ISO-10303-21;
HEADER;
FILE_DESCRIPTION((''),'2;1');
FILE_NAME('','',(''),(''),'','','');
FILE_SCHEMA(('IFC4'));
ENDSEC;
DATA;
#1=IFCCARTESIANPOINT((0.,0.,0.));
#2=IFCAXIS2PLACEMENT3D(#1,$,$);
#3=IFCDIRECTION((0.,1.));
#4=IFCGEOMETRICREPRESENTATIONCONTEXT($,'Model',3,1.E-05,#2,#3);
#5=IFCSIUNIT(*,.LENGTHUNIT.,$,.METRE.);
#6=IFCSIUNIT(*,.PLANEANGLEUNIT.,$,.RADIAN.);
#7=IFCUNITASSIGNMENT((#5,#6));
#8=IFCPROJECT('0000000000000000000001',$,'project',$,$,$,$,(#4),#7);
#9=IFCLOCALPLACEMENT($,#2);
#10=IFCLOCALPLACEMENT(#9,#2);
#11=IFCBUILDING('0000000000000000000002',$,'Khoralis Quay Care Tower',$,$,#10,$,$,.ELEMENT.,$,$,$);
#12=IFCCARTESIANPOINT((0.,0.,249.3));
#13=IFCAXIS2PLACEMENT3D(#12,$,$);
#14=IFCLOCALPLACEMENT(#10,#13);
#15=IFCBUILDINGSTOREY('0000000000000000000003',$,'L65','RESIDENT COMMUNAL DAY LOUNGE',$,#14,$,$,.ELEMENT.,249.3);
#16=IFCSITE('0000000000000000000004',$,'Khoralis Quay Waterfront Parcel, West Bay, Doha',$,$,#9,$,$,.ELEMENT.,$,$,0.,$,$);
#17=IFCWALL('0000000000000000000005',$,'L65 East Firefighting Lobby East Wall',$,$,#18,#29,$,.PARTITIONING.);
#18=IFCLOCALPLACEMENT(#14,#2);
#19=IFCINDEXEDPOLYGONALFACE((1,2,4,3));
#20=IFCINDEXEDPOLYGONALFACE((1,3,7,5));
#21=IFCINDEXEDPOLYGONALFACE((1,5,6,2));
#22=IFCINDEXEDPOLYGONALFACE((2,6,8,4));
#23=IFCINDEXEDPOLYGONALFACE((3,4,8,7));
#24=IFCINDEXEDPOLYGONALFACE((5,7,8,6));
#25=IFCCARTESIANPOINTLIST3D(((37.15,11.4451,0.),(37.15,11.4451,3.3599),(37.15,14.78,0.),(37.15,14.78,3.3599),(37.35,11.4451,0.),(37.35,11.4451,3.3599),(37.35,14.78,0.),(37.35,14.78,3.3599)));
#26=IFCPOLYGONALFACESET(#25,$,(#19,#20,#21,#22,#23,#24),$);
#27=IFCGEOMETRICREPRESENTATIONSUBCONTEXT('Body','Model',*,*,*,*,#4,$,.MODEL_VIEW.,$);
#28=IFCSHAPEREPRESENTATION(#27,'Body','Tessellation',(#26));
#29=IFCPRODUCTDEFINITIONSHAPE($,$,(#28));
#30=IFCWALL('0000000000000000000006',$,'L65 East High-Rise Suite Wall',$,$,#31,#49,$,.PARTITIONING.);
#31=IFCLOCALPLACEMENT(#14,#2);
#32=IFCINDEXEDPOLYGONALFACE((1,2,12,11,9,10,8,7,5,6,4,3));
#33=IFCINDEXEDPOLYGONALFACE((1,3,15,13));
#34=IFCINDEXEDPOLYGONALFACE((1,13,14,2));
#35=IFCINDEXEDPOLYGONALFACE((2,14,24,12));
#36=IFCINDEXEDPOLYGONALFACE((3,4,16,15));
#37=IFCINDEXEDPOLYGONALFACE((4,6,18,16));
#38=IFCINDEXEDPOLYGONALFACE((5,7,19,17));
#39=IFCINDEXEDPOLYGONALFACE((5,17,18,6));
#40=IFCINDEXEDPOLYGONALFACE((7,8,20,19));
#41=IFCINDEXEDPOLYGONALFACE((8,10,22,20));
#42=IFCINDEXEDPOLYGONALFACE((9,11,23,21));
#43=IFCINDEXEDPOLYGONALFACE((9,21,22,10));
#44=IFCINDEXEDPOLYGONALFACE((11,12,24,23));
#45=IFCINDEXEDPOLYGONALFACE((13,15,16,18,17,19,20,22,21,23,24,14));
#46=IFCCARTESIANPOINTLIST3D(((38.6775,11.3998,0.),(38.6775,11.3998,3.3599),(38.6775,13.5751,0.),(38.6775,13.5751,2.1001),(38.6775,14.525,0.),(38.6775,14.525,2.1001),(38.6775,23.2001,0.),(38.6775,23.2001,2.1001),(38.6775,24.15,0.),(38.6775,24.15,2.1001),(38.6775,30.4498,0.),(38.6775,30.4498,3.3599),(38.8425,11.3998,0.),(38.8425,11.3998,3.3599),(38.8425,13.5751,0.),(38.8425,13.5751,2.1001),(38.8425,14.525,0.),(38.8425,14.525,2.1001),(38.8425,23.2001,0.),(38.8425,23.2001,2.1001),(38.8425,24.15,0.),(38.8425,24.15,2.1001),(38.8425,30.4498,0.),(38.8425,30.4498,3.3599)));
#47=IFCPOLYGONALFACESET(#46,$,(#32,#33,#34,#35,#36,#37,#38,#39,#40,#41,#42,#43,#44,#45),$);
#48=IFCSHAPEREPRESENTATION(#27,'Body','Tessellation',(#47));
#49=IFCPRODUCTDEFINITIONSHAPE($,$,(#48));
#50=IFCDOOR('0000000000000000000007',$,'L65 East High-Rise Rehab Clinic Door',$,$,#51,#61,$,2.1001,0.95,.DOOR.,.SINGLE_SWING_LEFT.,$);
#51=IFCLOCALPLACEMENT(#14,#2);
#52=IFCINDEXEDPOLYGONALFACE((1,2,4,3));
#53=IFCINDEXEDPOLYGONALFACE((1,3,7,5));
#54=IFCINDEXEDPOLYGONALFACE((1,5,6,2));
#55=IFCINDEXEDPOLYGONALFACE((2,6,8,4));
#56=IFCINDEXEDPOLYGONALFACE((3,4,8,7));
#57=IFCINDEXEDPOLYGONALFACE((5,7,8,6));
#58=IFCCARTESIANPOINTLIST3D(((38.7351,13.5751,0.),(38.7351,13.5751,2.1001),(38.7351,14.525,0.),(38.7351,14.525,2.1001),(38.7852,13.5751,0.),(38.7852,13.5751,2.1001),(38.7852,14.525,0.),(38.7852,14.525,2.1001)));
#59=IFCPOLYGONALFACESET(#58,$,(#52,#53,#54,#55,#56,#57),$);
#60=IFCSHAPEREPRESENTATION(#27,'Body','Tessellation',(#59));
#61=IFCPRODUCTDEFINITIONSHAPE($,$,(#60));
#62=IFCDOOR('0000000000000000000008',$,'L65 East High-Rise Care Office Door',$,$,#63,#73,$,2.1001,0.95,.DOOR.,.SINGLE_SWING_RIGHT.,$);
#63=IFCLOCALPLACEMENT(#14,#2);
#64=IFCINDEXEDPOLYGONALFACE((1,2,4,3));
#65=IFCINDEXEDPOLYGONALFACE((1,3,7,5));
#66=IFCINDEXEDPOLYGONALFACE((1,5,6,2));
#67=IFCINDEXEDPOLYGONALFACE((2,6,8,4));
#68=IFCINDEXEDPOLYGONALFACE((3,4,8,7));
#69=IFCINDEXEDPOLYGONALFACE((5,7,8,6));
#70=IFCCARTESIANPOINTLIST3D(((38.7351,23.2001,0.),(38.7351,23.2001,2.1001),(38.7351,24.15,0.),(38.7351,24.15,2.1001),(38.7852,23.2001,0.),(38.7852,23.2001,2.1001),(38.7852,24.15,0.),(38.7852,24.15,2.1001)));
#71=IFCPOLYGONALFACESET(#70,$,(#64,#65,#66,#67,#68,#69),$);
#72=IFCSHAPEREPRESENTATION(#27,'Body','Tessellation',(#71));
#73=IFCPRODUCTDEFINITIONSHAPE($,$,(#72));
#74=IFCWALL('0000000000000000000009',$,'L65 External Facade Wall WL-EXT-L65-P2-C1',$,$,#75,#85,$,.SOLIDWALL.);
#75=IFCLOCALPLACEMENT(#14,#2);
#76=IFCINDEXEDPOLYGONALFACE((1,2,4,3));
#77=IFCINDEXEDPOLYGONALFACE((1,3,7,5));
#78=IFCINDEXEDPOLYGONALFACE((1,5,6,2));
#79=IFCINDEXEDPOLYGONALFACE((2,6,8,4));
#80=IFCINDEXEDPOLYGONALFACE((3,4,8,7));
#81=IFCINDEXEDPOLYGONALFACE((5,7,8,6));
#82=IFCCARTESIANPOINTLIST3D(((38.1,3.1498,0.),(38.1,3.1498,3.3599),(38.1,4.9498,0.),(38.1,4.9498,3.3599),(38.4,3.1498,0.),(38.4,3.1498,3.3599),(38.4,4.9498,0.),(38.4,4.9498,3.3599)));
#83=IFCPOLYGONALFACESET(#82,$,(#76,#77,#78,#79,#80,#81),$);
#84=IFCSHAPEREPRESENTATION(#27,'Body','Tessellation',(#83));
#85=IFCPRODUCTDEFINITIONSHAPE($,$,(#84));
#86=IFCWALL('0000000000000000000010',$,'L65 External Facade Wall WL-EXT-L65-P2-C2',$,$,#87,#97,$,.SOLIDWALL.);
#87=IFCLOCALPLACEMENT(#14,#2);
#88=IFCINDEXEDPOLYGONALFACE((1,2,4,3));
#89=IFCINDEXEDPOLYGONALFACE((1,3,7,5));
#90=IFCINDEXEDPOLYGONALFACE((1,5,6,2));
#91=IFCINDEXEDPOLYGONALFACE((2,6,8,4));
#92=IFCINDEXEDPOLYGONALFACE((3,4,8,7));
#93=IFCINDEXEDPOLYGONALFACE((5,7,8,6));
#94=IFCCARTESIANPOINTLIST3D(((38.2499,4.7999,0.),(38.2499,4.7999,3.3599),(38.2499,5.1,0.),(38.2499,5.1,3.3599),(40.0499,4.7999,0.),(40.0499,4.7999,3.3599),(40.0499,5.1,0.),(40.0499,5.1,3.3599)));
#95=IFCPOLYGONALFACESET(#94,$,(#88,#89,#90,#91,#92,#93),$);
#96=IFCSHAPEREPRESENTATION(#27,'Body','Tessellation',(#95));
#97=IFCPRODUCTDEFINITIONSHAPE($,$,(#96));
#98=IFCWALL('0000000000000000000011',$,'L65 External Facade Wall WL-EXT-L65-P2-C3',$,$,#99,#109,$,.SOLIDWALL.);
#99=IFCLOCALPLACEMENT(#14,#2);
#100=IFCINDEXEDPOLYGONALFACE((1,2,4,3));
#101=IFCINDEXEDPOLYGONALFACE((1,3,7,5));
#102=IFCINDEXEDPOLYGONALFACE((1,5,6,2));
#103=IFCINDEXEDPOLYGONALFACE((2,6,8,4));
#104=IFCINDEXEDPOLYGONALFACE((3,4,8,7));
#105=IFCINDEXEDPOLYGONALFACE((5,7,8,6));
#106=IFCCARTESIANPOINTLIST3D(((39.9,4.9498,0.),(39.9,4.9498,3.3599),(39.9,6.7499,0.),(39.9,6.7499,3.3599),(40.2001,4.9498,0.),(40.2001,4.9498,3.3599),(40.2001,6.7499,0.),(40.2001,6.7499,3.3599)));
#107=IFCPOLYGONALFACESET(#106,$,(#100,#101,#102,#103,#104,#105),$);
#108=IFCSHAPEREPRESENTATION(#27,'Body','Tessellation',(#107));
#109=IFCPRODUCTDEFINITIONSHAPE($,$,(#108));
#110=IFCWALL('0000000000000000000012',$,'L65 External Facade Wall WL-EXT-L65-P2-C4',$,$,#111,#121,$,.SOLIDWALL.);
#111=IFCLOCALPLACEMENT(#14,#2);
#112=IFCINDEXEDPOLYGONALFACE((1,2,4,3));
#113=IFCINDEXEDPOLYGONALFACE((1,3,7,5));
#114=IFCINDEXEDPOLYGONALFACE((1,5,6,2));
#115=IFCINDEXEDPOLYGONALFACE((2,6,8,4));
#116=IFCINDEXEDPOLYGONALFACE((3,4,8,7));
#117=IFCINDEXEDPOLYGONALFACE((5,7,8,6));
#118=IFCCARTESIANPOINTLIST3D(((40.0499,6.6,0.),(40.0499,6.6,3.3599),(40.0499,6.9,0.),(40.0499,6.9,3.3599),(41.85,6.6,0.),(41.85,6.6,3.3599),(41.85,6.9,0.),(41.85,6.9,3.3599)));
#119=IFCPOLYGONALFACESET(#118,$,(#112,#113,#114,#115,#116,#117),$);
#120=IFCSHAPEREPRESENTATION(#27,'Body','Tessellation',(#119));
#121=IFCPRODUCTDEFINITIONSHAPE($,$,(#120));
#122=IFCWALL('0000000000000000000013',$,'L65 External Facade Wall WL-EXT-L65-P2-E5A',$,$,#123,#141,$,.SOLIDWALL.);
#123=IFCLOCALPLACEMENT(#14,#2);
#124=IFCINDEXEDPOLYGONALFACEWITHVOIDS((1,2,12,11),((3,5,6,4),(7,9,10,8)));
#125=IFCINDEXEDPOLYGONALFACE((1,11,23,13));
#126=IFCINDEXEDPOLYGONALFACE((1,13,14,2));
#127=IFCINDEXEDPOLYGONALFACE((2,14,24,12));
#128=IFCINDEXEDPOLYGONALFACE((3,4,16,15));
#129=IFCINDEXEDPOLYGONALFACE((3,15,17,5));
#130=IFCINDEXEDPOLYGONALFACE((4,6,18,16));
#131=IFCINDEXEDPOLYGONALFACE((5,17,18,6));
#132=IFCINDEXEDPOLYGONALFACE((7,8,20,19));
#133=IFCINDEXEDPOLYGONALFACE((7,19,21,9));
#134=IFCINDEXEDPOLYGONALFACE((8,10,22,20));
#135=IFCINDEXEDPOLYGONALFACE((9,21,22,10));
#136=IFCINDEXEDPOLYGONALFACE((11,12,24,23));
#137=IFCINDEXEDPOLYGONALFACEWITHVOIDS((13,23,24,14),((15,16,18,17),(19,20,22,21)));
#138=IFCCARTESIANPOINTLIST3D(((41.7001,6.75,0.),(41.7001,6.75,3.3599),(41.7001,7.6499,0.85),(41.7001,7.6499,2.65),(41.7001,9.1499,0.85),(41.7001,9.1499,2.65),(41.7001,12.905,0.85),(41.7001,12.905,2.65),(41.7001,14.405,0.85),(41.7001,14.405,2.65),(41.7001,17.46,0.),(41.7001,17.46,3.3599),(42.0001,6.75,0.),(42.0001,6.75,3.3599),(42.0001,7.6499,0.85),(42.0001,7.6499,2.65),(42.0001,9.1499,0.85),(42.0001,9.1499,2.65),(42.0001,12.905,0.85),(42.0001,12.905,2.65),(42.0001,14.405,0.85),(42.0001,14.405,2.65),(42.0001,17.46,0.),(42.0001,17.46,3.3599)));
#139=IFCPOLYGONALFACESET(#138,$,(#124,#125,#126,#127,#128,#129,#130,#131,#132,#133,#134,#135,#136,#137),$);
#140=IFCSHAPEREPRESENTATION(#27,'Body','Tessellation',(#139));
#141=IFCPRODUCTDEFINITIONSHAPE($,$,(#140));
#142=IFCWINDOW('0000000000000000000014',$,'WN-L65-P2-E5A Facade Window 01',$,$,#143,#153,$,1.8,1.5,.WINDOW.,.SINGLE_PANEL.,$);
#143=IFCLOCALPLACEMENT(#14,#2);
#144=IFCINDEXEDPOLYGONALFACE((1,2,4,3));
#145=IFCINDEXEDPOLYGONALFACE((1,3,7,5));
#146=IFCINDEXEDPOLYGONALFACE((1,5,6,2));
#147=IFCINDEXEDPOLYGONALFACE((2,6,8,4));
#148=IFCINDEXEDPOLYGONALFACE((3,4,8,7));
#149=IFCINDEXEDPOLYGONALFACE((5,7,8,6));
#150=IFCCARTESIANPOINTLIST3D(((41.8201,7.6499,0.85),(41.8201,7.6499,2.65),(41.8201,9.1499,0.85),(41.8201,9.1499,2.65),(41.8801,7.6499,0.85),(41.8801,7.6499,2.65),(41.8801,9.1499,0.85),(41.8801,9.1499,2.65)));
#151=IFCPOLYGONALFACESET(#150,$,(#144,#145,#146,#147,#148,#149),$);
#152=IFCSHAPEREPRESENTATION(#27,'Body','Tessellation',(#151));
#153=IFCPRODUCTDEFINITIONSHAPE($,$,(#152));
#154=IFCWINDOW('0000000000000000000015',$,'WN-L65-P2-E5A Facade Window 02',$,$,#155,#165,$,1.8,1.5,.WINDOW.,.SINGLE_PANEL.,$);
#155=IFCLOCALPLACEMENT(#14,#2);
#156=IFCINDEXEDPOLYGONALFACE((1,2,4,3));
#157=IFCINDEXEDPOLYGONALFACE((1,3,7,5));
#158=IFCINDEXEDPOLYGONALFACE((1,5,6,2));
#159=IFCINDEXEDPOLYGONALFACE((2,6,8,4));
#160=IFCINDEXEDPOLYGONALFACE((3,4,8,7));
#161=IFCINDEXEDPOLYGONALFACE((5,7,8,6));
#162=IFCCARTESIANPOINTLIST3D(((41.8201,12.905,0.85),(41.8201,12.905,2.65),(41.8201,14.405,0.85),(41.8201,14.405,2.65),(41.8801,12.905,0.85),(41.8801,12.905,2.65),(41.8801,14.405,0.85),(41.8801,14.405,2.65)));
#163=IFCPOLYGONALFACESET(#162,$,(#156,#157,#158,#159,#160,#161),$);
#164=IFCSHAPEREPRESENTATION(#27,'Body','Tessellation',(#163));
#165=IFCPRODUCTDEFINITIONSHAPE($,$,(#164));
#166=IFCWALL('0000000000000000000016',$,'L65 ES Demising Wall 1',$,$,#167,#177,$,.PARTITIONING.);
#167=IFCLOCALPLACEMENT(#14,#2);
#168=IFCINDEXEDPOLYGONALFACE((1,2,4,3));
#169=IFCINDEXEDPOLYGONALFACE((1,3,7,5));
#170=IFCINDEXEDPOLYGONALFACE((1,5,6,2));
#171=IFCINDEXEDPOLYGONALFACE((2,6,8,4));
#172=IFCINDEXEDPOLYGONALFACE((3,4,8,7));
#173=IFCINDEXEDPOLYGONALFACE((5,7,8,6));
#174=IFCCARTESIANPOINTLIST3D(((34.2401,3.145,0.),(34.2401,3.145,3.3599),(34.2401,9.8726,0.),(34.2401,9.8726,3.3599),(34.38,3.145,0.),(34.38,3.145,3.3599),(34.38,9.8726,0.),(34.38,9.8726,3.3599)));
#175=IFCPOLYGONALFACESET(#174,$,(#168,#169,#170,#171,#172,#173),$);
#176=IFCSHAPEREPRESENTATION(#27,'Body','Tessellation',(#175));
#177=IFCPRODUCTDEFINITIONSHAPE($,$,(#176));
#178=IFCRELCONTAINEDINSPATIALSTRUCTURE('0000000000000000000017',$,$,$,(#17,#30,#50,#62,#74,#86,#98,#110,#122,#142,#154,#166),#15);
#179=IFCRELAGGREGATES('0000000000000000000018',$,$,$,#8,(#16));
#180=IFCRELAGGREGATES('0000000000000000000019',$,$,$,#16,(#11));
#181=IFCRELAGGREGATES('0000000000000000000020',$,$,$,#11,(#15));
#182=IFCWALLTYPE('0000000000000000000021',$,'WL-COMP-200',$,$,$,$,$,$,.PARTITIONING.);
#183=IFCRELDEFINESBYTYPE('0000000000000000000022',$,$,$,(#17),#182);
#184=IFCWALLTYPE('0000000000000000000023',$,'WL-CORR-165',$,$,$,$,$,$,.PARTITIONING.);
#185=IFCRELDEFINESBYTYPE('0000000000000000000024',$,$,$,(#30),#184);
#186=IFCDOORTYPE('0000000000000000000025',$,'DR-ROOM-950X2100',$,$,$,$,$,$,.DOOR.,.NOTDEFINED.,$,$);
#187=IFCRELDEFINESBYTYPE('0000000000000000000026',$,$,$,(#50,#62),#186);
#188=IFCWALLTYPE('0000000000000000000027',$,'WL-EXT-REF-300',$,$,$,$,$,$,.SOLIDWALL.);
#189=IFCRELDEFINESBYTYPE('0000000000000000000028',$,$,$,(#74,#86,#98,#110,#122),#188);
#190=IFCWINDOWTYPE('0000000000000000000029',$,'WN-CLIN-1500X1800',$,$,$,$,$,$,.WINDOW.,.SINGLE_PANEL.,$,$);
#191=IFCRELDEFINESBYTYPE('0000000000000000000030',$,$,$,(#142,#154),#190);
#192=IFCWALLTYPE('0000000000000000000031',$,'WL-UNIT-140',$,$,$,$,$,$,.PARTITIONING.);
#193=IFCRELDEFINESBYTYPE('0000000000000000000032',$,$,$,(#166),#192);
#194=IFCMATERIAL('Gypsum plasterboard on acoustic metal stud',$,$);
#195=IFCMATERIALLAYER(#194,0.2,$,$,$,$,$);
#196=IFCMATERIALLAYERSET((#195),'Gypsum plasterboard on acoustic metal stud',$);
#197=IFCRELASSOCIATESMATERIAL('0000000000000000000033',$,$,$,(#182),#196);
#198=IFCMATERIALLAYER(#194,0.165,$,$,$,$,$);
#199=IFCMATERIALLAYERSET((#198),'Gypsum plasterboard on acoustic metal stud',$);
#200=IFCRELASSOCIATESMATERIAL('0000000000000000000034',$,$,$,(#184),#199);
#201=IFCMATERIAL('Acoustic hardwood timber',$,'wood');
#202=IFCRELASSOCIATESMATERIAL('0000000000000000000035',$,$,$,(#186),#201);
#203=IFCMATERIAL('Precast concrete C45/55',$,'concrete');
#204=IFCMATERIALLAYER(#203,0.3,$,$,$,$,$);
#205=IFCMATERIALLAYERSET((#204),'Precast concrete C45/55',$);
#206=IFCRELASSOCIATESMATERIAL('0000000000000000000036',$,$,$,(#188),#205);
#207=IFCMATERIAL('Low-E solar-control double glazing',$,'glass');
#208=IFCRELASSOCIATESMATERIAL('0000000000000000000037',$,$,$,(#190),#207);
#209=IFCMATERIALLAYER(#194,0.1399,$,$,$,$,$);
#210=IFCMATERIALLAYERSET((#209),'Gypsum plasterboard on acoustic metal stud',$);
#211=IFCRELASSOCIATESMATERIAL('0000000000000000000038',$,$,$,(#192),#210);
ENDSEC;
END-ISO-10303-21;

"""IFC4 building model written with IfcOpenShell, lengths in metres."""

from ifc_helpers import new_model, si_unit, direction, frame, frame_2d, origin, place, context, subcontext, project, spatial, rectangle, extrude, source, transform, mapped, material, layer, layer_set, type_object, element, fill, save


model = new_model("IFC4")

# Units and contexts
model_context = context("Model", 3, precision=1e-05, world=origin(), true_north=direction((0.0, 1.0)))
body_context = subcontext(model_context, "Body", "Model", "MODEL_VIEW")
ifc_project = project(units=[si_unit("LENGTHUNIT", "METRE"), si_unit("PLANEANGLEUNIT", "RADIAN")], contexts=[model_context])

# Site, building, storey
site_placement = place(None, origin())
site = spatial("IfcSite", under=ifc_project, at=site_placement, Name="Khoralis Quay Waterfront Parcel, West Bay, Doha", CompositionType="ELEMENT", RefElevation=0.0)
building_placement = place(site_placement, origin())
building = spatial("IfcBuilding", under=site, at=building_placement, Name="Khoralis Quay Care Tower", CompositionType="ELEMENT")
storey_placement = place(building_placement, frame((0.0, 0.0, 249.3)))
storey = spatial("IfcBuildingStorey", under=building, at=storey_placement, Name="L65", Description="RESIDENT COMMUNAL DAY LOUNGE", CompositionType="ELEMENT", Elevation=249.3)

# Shared definitions
ifc_material_1 = material(Name="Gypsum plasterboard on acoustic metal stud")
ifc_layer_1 = layer(ifc_material_1, 0.2)
ifc_layer_set_1 = layer_set([ifc_layer_1], Name="Gypsum plasterboard on acoustic metal stud")
wall_type_1 = type_object("IfcWallType", Name="WL-COMP-200", PredefinedType="PARTITIONING", material=ifc_layer_set_1)

# Wall
wall_1_placement = place(storey_placement, frame((37.25, 11.4451, 0.0), z_axis=(0.0, 0.0, 1.0), x_axis=(0.0, 1.0, 0.0)))
element("IfcWall", 1, at=wall_1_placement, inside=storey, type_object=wall_type_1, Name="L65 East Firefighting Lobby East Wall", PredefinedType="PARTITIONING", context=body_context, shape_type="SweptSolid", body=[
    extrude(rectangle(XDim=3.335, YDim=0.2, at=frame_2d((1.6675, 0.0))), origin(), (0.0, 0.0, 1.0), 3.3599),
])

# Wall, openings, doors
ifc_layer_2 = layer(ifc_material_1, 0.165)
ifc_layer_set_2 = layer_set([ifc_layer_2], Name="Gypsum plasterboard on acoustic metal stud")
wall_type_2 = type_object("IfcWallType", Name="WL-CORR-165", PredefinedType="PARTITIONING", material=ifc_layer_set_2)
wall_2_placement = place(storey_placement, frame((38.76, 11.3999, 0.0), z_axis=(0.0, 0.0, 1.0), x_axis=(0.0, 1.0, 0.0)))
wall_2 = element("IfcWall", 2, at=wall_2_placement, inside=storey, type_object=wall_type_2, Name="L65 East High-Rise Suite Wall", PredefinedType="PARTITIONING", context=body_context, shape_type="SweptSolid", body=[
    extrude(rectangle(XDim=19.05, YDim=0.165, at=frame_2d((9.5249, 0.0))), origin(), (0.0, 0.0, 1.0), 3.3599),
])
opening_1_placement = place(wall_2_placement, frame((2.175, 0.0, 0.0)))
opening_1 = element("IfcOpeningElement", 3, at=opening_1_placement, cuts=wall_2, PredefinedType="OPENING", context=body_context, shape_type="SweptSolid", body=[
    extrude(rectangle(XDim=0.95, YDim=2.1001, at=frame_2d((0.4751, 1.05))), frame((0.0, 0.0925, 0.0), z_axis=(0.0, -1.0, 0.0), x_axis=(1.0, 0.0, 0.0)), (0.0, 0.0, 1.0), 0.1851),
])
opening_2_placement = place(wall_2_placement, frame((11.8, 0.0, 0.0)))
opening_2 = element("IfcOpeningElement", 4, at=opening_2_placement, cuts=wall_2, PredefinedType="OPENING", context=body_context, shape_type="SweptSolid", body=[
    extrude(rectangle(XDim=0.95, YDim=2.1001, at=frame_2d((0.4751, 1.05))), frame((0.0, 0.0925, 0.0), z_axis=(0.0, -1.0, 0.0), x_axis=(1.0, 0.0, 0.0)), (0.0, 0.0, 1.0), 0.1851),
])
ifc_material_2 = material(Name="Acoustic hardwood timber", Category="wood")
door_type_1 = type_object("IfcDoorType", Name="DR-ROOM-950X2100", OperationType="NOTDEFINED", PredefinedType="DOOR", material=ifc_material_2)
shared_shape_1 = source(origin(), body_context, "Body", "SweptSolid", [
    extrude(rectangle(XDim=0.95, YDim=2.1001, at=frame_2d((0.4751, 1.05))), frame((0.0, 0.0249, 0.0), z_axis=(0.0, -1.0, 0.0), x_axis=(1.0, 0.0, 0.0)), (0.0, 0.0, 1.0), 0.05),
])
door_1_placement = place(opening_1_placement, origin())
door_1 = element("IfcDoor", 5, at=door_1_placement, inside=storey, type_object=door_type_1, Name="L65 East High-Rise Rehab Clinic Door", OperationType="SINGLE_SWING_LEFT", OverallHeight=2.1001, OverallWidth=0.95, PredefinedType="DOOR", context=body_context, shape_type="MappedRepresentation", body=[
    mapped(shared_shape_1, transform((0.0, 0.0, 0.0), scale=1.0)),
])
fill(opening_1, door_1)
door_2_placement = place(opening_2_placement, origin())
door_2 = element("IfcDoor", 6, at=door_2_placement, inside=storey, type_object=door_type_1, Name="L65 East High-Rise Care Office Door", OperationType="SINGLE_SWING_RIGHT", OverallHeight=2.1001, OverallWidth=0.95, PredefinedType="DOOR", context=body_context, shape_type="MappedRepresentation", body=[
    mapped(shared_shape_1, transform((0.0, 0.0, 0.0), scale=1.0)),
])
fill(opening_2, door_2)

# Walls
ifc_material_3 = material(Name="Precast concrete C45/55", Category="concrete")
ifc_layer_3 = layer(ifc_material_3, 0.3)
ifc_layer_set_3 = layer_set([ifc_layer_3], Name="Precast concrete C45/55")
wall_type_3 = type_object("IfcWallType", Name="WL-EXT-REF-300", PredefinedType="SOLIDWALL", material=ifc_layer_set_3)
for number, where, z_axis, x_axis, name in (
    (7, (38.25, 3.1499, 0.0), (0.0, 0.0, 1.0), (0.0, 1.0, 0.0), "L65 External Facade Wall WL-EXT-L65-P2-C1"),
    (8, (38.25, 4.95, 0.0), (0.0, 0.0, 1.0), (1.0, 0.0, 0.0), "L65 External Facade Wall WL-EXT-L65-P2-C2"),
    (9, (40.05, 4.95, 0.0), (0.0, 0.0, 1.0), (0.0, 1.0, 0.0), "L65 External Facade Wall WL-EXT-L65-P2-C3"),
    (10, (40.05, 6.75, 0.0), (0.0, 0.0, 1.0), (1.0, 0.0, 0.0), "L65 External Facade Wall WL-EXT-L65-P2-C4"),
):
    element("IfcWall", number, at=place(storey_placement, frame(where, z_axis=z_axis, x_axis=x_axis)), inside=storey, type_object=wall_type_3, Name=name, PredefinedType="SOLIDWALL", context=body_context, shape_type="SweptSolid", body=[
        extrude(rectangle(XDim=1.8, YDim=0.3, at=frame_2d((0.8999, 0.0))), origin(), (0.0, 0.0, 1.0), 3.3599),
    ])

# Wall, openings, windows
wall_3_placement = place(storey_placement, frame((41.8501, 6.75, 0.0), z_axis=(0.0, 0.0, 1.0), x_axis=(0.0, 1.0, 0.0)))
wall_3 = element("IfcWall", 11, at=wall_3_placement, inside=storey, type_object=wall_type_3, Name="L65 External Facade Wall WL-EXT-L65-P2-E5A", PredefinedType="SOLIDWALL", context=body_context, shape_type="SweptSolid", body=[
    extrude(rectangle(XDim=10.71, YDim=0.3, at=frame_2d((5.355, 0.0))), origin(), (0.0, 0.0, 1.0), 3.3599),
])
opening_3_placement = place(wall_3_placement, frame((0.8999, 0.0, 0.8501)))
opening_3 = element("IfcOpeningElement", 12, at=opening_3_placement, cuts=wall_3, PredefinedType="OPENING", context=body_context, shape_type="SweptSolid", body=[
    extrude(rectangle(XDim=1.5, YDim=1.8, at=frame_2d((0.75, 0.8999))), frame((0.0, 0.1602, 0.0), z_axis=(0.0, -1.0, 0.0), x_axis=(1.0, 0.0, 0.0)), (0.0, 0.0, 1.0), 0.3201),
])
opening_4_placement = place(wall_3_placement, frame((6.155, 0.0, 0.8501)))
opening_4 = element("IfcOpeningElement", 13, at=opening_4_placement, cuts=wall_3, PredefinedType="OPENING", context=body_context, shape_type="SweptSolid", body=[
    extrude(rectangle(XDim=1.5, YDim=1.8, at=frame_2d((0.75, 0.8999))), frame((0.0, 0.1602, 0.0), z_axis=(0.0, -1.0, 0.0), x_axis=(1.0, 0.0, 0.0)), (0.0, 0.0, 1.0), 0.3201),
])
ifc_material_4 = material(Name="Low-E solar-control double glazing", Category="glass")
window_type = type_object("IfcWindowType", Name="WN-CLIN-1500X1800", PartitioningType="SINGLE_PANEL", PredefinedType="WINDOW", material=ifc_material_4)
shared_shape_2 = source(origin(), body_context, "Body", "SweptSolid", [
    extrude(rectangle(XDim=1.5, YDim=1.8, at=frame_2d((0.75, 0.8999))), frame((0.0, 0.03, 0.0), z_axis=(0.0, -1.0, 0.0), x_axis=(1.0, 0.0, 0.0)), (0.0, 0.0, 1.0), 0.0601),
])
window_1_placement = place(opening_3_placement, origin())
window_1 = element("IfcWindow", 14, at=window_1_placement, inside=storey, type_object=window_type, Name="WN-L65-P2-E5A Facade Window 01", OverallHeight=1.8, OverallWidth=1.5, PartitioningType="SINGLE_PANEL", PredefinedType="WINDOW", context=body_context, shape_type="MappedRepresentation", body=[
    mapped(shared_shape_2, transform((0.0, 0.0, 0.0), scale=1.0)),
])
fill(opening_3, window_1)
window_2_placement = place(opening_4_placement, origin())
window_2 = element("IfcWindow", 15, at=window_2_placement, inside=storey, type_object=window_type, Name="WN-L65-P2-E5A Facade Window 02", OverallHeight=1.8, OverallWidth=1.5, PartitioningType="SINGLE_PANEL", PredefinedType="WINDOW", context=body_context, shape_type="MappedRepresentation", body=[
    mapped(shared_shape_2, transform((0.0, 0.0, 0.0), scale=1.0)),
])
fill(opening_4, window_2)

# Wall
ifc_layer_4 = layer(ifc_material_1, 0.1399)
ifc_layer_set_4 = layer_set([ifc_layer_4], Name="Gypsum plasterboard on acoustic metal stud")
wall_type_4 = type_object("IfcWallType", Name="WL-UNIT-140", PredefinedType="PARTITIONING", material=ifc_layer_set_4)
wall_4_placement = place(storey_placement, frame((34.3101, 3.145, 0.0), z_axis=(0.0, 0.0, 1.0), x_axis=(0.0, 1.0, 0.0)))
element("IfcWall", 16, at=wall_4_placement, inside=storey, type_object=wall_type_4, Name="L65 ES Demising Wall 1", PredefinedType="PARTITIONING", context=body_context, shape_type="SweptSolid", body=[
    extrude(rectangle(XDim=6.7275, YDim=0.1399, at=frame_2d((3.3638, 0.0))), origin(), (0.0, 0.0, 1.0), 3.3599),
])

save(model, "model.ifc")
